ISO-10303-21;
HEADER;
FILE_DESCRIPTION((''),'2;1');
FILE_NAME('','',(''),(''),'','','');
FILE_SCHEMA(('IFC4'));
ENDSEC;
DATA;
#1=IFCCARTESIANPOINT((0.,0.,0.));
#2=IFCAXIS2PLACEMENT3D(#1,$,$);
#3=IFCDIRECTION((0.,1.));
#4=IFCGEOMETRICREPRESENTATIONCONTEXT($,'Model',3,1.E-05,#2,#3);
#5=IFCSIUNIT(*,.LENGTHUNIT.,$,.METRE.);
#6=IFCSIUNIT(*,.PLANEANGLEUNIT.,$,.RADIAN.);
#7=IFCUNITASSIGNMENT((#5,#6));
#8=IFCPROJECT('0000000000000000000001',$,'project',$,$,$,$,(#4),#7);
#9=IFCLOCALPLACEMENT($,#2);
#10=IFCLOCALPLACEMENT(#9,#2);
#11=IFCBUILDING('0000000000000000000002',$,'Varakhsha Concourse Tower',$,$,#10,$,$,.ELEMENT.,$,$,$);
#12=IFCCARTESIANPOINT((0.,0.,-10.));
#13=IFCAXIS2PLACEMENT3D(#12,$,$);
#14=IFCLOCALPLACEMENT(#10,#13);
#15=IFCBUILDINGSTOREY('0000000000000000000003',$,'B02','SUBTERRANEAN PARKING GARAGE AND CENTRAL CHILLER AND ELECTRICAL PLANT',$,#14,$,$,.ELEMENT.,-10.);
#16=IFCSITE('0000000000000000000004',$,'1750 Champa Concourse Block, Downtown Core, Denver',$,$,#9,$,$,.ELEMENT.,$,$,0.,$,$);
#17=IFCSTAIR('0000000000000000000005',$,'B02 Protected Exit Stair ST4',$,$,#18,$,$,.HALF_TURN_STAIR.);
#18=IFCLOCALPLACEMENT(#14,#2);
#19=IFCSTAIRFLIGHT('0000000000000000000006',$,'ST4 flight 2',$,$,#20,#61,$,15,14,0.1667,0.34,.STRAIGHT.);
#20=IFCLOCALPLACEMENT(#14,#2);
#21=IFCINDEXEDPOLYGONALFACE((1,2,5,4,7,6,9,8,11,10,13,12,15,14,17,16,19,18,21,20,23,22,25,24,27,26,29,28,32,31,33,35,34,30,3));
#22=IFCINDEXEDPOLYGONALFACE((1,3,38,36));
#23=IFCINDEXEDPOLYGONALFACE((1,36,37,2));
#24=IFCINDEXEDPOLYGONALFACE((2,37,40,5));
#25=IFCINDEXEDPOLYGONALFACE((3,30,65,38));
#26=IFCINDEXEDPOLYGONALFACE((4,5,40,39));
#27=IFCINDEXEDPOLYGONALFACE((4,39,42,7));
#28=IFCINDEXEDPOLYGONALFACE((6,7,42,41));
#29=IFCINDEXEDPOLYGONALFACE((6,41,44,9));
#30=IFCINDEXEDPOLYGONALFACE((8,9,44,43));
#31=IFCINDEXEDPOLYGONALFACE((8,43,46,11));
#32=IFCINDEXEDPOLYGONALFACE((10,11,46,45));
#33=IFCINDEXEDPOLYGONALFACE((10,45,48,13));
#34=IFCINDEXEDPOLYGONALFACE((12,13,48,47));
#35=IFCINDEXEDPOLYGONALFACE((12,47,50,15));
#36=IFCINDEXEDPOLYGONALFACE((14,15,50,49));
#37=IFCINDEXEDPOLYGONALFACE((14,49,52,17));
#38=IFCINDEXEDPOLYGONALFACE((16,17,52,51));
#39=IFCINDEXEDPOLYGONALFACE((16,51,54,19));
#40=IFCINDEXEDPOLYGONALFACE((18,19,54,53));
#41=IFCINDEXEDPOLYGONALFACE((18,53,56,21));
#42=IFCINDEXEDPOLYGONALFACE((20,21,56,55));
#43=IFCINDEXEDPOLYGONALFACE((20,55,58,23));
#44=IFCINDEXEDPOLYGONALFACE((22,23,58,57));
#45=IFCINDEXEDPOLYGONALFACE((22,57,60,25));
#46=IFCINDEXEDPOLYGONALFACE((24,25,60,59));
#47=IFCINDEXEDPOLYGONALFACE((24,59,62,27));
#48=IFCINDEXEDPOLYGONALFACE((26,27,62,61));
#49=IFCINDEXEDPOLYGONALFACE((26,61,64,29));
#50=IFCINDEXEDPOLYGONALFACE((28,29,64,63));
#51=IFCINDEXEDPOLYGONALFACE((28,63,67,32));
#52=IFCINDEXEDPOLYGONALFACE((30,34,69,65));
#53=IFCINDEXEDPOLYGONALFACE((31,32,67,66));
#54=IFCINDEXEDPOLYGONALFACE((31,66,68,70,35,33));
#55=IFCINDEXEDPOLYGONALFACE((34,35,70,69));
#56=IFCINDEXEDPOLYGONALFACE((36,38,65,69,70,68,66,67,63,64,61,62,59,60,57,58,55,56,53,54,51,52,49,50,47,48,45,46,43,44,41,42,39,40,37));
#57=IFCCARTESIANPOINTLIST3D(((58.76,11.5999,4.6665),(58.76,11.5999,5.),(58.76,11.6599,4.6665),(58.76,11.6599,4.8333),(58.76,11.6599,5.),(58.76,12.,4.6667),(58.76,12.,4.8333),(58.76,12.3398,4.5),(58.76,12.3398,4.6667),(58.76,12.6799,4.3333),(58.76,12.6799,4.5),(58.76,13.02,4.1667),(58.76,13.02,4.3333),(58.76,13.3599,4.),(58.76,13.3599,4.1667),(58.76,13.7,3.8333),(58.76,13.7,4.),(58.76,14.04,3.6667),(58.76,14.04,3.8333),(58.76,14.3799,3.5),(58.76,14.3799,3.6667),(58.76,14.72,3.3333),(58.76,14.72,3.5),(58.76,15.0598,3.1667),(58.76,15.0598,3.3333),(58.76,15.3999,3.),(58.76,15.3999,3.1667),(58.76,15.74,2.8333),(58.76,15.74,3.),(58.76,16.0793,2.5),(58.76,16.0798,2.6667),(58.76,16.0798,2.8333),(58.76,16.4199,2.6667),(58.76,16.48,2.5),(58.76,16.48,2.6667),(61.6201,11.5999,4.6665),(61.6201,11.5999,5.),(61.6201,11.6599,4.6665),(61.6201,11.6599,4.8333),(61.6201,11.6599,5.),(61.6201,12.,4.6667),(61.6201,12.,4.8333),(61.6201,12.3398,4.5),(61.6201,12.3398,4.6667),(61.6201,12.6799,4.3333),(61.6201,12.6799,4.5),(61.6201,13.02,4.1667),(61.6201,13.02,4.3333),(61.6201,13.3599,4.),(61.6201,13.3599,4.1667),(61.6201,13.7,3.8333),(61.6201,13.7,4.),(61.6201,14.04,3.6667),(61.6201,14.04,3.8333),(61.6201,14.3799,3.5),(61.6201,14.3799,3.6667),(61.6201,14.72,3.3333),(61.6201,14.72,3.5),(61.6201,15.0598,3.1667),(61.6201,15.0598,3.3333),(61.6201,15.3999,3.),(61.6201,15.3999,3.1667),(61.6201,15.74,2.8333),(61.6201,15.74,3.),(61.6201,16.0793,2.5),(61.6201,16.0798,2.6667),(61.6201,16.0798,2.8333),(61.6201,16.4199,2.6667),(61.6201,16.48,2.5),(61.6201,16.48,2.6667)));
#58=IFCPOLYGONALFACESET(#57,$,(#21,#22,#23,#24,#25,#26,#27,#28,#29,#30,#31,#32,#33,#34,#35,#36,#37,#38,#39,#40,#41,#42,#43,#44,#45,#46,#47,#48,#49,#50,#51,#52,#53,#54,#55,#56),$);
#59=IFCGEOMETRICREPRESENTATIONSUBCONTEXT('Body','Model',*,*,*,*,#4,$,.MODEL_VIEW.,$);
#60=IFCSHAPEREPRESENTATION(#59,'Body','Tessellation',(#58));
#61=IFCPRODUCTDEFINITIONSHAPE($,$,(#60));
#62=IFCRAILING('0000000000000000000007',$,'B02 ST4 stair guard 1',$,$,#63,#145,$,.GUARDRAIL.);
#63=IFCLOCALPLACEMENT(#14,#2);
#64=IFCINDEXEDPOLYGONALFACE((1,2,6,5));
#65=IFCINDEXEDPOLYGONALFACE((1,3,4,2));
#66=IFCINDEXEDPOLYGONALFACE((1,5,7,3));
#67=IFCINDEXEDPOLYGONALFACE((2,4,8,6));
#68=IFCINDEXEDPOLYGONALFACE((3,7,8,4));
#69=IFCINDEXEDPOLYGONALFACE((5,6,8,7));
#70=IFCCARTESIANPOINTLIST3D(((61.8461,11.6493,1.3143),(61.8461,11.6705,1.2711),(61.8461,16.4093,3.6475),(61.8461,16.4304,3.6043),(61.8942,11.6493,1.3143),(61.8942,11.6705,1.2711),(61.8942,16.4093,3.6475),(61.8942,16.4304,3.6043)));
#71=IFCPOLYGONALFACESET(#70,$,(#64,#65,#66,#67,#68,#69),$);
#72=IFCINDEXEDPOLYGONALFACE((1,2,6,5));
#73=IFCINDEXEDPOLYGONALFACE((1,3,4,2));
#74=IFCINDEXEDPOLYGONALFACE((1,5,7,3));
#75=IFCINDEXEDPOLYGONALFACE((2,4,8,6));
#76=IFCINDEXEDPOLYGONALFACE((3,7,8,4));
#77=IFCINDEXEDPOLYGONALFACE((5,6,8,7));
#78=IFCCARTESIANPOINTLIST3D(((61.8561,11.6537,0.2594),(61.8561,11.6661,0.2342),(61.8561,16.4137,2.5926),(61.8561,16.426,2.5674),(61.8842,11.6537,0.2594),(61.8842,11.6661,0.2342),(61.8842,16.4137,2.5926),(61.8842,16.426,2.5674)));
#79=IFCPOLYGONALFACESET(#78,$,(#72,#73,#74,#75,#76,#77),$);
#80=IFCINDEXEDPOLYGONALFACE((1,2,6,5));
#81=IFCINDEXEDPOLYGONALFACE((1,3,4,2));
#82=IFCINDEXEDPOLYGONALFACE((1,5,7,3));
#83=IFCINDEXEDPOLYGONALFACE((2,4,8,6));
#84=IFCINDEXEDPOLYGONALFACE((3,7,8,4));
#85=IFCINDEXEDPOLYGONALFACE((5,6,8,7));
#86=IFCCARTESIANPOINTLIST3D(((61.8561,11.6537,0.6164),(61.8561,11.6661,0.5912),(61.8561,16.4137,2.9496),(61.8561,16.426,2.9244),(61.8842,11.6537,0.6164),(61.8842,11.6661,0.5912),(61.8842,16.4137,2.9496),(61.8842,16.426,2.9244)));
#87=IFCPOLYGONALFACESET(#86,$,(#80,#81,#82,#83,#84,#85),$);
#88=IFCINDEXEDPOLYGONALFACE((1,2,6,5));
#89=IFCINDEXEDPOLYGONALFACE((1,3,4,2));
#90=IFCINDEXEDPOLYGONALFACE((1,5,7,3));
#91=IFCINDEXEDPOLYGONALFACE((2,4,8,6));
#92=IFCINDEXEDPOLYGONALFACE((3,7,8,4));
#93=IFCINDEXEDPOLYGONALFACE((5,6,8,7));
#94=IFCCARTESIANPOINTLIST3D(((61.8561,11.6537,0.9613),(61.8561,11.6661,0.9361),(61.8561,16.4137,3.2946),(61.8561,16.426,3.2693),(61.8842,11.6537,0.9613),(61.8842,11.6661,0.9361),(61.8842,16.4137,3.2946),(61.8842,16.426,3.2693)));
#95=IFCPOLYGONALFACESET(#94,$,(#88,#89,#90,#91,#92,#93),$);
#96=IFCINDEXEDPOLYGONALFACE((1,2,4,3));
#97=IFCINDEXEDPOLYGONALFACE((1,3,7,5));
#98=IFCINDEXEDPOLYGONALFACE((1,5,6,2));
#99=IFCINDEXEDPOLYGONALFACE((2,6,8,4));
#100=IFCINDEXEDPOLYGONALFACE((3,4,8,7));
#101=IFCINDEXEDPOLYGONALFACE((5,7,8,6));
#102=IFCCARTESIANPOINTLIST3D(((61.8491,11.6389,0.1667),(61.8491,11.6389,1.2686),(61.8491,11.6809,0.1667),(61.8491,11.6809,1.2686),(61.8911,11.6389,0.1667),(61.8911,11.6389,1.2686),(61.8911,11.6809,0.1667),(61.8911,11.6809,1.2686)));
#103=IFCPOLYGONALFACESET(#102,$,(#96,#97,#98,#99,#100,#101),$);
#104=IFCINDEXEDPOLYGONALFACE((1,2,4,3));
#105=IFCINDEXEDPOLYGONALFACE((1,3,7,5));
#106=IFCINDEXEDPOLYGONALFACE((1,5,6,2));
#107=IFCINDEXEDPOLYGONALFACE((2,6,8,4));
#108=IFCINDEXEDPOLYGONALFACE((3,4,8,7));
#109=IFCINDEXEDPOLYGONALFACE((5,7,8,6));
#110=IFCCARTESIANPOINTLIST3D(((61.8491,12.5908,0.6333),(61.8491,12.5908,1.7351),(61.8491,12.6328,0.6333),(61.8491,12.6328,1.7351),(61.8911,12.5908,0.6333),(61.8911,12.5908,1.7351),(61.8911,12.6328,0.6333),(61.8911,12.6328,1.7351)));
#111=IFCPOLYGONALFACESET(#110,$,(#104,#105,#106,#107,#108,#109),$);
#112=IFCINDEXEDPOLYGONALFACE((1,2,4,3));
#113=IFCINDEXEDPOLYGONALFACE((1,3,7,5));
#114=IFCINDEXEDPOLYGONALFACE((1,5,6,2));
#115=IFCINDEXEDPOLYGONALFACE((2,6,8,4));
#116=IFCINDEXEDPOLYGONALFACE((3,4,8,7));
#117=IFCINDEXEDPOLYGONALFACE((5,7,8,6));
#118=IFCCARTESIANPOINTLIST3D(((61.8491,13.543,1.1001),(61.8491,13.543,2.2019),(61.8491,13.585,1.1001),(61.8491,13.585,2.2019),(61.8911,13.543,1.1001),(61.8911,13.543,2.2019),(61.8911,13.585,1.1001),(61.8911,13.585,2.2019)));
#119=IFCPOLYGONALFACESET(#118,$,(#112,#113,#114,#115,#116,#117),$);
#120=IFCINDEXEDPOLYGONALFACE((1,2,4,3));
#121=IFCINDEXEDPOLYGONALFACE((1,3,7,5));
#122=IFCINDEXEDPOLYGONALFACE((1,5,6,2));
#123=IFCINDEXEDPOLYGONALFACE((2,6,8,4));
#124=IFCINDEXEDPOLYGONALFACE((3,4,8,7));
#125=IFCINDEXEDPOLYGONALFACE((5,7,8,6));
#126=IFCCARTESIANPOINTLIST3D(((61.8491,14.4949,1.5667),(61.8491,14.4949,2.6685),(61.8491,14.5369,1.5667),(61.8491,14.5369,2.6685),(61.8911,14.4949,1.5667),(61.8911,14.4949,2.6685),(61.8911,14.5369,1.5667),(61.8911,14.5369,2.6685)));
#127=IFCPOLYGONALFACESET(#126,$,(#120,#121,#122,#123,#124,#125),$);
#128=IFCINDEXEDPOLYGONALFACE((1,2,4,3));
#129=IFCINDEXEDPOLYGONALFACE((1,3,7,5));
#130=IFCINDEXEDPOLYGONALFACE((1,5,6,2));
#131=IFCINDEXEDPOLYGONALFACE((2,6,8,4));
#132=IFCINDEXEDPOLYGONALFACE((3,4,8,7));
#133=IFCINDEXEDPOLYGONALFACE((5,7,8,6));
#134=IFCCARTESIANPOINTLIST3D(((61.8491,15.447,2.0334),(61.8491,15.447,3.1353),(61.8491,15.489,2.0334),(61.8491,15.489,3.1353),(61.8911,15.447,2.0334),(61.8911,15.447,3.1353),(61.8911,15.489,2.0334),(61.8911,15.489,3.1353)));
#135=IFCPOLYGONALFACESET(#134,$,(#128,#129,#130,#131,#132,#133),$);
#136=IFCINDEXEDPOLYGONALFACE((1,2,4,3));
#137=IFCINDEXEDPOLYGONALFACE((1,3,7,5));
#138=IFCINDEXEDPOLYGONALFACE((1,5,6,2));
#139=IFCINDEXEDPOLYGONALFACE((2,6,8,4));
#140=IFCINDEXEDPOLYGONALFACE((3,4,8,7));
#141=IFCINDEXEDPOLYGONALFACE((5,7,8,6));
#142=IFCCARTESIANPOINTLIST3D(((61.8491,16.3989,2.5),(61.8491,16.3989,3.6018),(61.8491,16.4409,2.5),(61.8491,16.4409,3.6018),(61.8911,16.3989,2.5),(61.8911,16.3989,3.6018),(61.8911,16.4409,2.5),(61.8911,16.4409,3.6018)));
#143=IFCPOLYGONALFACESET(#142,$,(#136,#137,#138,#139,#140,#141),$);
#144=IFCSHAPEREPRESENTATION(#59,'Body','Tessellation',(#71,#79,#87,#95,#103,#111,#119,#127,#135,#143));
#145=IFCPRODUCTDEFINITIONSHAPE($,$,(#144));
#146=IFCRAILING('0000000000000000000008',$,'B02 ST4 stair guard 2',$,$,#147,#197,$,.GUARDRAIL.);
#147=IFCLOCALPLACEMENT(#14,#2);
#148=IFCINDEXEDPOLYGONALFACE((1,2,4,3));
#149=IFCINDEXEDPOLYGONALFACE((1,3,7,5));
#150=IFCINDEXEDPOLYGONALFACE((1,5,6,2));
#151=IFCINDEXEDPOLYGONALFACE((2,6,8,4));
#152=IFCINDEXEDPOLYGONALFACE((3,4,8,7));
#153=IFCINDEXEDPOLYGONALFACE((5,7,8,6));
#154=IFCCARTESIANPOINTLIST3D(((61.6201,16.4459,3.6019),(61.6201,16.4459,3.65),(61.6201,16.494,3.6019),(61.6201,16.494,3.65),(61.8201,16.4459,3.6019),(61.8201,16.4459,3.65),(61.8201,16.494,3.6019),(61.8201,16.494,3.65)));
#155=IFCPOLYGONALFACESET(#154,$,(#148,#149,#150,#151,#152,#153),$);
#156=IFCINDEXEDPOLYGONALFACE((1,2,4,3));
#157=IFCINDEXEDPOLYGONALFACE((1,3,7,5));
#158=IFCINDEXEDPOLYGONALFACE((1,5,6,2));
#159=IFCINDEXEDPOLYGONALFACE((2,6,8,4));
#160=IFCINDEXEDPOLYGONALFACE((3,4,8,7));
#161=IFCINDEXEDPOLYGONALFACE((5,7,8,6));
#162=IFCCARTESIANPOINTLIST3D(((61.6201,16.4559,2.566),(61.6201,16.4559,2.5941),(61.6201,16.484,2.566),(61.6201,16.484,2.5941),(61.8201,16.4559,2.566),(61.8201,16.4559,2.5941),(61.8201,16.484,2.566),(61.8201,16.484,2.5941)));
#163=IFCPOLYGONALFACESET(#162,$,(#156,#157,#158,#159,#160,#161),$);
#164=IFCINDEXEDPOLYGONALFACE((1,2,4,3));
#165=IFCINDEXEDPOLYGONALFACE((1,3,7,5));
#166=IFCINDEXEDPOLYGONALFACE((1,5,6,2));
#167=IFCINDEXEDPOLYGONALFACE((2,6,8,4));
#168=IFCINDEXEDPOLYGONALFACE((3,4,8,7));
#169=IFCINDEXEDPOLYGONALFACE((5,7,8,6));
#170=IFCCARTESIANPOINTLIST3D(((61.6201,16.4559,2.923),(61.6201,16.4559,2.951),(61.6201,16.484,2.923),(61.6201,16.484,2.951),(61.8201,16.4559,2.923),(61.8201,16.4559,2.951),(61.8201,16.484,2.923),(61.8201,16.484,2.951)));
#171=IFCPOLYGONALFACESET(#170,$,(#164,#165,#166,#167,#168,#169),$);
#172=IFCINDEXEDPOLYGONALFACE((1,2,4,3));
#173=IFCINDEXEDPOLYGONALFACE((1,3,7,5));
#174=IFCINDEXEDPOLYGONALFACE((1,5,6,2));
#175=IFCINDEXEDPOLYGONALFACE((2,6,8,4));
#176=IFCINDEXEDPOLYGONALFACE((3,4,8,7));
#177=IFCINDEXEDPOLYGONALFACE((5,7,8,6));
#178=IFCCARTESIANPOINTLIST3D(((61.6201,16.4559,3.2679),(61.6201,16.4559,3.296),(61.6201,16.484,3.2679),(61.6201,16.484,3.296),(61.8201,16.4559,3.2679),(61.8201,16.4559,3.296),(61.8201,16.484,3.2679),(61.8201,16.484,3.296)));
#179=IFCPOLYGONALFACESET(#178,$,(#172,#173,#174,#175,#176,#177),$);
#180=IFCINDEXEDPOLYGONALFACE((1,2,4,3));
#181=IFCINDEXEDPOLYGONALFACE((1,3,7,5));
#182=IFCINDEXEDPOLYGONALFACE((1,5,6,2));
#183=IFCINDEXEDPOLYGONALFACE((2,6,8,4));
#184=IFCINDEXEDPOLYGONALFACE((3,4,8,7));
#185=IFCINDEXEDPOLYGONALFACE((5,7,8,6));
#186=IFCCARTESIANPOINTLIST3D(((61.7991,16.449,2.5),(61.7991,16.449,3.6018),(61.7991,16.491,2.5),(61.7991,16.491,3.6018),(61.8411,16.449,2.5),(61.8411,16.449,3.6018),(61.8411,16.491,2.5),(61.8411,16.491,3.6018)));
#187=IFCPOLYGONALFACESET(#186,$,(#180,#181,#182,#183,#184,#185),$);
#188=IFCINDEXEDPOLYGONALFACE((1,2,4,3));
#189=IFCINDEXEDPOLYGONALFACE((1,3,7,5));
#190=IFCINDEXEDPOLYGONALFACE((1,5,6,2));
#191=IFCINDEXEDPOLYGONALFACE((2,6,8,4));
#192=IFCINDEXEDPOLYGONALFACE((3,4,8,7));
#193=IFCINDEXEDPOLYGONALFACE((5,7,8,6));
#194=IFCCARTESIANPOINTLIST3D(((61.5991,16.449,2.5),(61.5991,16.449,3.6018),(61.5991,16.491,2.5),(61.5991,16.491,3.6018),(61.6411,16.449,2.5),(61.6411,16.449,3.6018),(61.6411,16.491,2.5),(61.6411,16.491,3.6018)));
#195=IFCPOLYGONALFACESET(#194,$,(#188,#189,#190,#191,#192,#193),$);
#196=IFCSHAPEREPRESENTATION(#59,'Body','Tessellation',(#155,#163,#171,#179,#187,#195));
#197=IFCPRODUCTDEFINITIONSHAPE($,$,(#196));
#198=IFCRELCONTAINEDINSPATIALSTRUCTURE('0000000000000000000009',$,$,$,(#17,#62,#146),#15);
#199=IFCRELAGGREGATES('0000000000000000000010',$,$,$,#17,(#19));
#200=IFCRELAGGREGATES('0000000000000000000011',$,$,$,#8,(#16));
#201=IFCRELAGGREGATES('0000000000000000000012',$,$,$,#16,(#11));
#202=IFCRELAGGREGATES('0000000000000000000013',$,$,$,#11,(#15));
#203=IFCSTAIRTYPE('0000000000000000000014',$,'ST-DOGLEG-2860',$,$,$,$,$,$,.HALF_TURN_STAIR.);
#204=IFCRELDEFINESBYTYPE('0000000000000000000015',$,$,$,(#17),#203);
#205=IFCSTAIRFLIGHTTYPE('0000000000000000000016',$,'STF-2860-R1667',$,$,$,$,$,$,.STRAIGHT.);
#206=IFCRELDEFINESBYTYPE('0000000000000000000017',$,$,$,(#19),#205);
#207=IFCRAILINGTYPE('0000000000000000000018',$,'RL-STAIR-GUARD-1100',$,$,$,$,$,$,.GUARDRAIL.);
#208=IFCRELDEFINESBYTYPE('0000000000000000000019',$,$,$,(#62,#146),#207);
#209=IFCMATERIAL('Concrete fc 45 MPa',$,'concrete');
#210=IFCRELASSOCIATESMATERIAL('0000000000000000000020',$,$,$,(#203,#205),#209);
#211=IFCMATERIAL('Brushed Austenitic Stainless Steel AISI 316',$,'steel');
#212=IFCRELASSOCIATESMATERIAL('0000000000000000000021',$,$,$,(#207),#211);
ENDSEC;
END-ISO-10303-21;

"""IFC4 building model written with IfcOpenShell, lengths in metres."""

from ifc_helpers import new_model, si_unit, direction, frame, origin, origin_2d, place, context, subcontext, project, spatial, polyline, rectangle, outline, extrude, material, type_object, element, aggregate, save


model = new_model("IFC4")

# Units and contexts
model_context = context("Model", 3, precision=1e-05, world=origin(), true_north=direction((0.0, 1.0)))
body_context = subcontext(model_context, "Body", "Model", "MODEL_VIEW")
ifc_project = project(units=[si_unit("LENGTHUNIT", "METRE"), si_unit("PLANEANGLEUNIT", "RADIAN")], contexts=[model_context])

# Site, building, storey
site_placement = place(None, origin())
site = spatial("IfcSite", under=ifc_project, at=site_placement, Name="1750 Champa Concourse Block, Downtown Core, Denver", CompositionType="ELEMENT", RefElevation=0.0)
building_placement = place(site_placement, origin())
building = spatial("IfcBuilding", under=site, at=building_placement, Name="Varakhsha Concourse Tower", CompositionType="ELEMENT")
storey_placement = place(building_placement, frame((0.0, 0.0, -10.0)))
storey = spatial("IfcBuildingStorey", under=building, at=storey_placement, Name="B02", Description="SUBTERRANEAN PARKING GARAGE AND CENTRAL CHILLER AND ELECTRICAL PLANT", CompositionType="ELEMENT", Elevation=-10.0)

# Shared definitions
ifc_material_1 = material(Name="Concrete fc 45 MPa", Category="concrete")

# Stair, stair flight
stair_type = type_object("IfcStairType", Name="ST-DOGLEG-2860", PredefinedType="HALF_TURN_STAIR", material=ifc_material_1)
stair_placement = place(storey_placement, origin())
stair = element("IfcStair", 1, at=stair_placement, inside=storey, type_object=stair_type, Name="B02 Protected Exit Stair ST4", PredefinedType="HALF_TURN_STAIR")
stair_flight_type = type_object("IfcStairFlightType", Name="STF-2860-R1667", PredefinedType="STRAIGHT", material=ifc_material_1)
stair_flight_1_placement = place(storey_placement, frame((60.1899, 16.4199, 2.5), z_axis=(0.0, 0.0, 1.0), x_axis=(0.0, -1.0, 0.0)))
stair_flight_1 = element("IfcStairFlight", 2, at=stair_flight_1_placement, type_object=stair_flight_type, Name="ST4 flight 2", NumberOfRisers=15, NumberOfTreads=14, PredefinedType="STRAIGHT", RiserHeight=0.1667, TreadLength=0.34, context=body_context, shape_type="SweptSolid", body=[
    extrude(outline(polyline([(-0.0601, 0.0), (-0.0601, 0.1667), (0.0, 0.1667), (0.3401, 0.1667), (0.3401, 0.3333), (0.6799, 0.3333), (0.6799, 0.5), (1.02, 0.5), (1.02, 0.6667), (1.3601, 0.6667), (1.3601, 0.8333), (1.7, 0.8333), (1.7, 1.0), (2.04, 1.0), (2.04, 1.1667), (2.3799, 1.1667), (2.3799, 1.3333), (2.72, 1.3333), (2.72, 1.5), (3.0601, 1.5), (3.0601, 1.6667), (3.3999, 1.6667), (3.3999, 1.8333), (3.74, 1.8333), (3.74, 2.0), (4.0801, 2.0), (4.0801, 2.1667), (4.4199, 2.1667), (4.4199, 2.3333), (4.76, 2.3333), (4.76, 2.5), (4.8201, 2.5), (4.8201, 2.1665), (4.76, 2.1665), (0.3406, 0.0), (-0.0601, 0.0)])), frame((0.0, 1.4302, 0.0), z_axis=(0.0, -1.0, 0.0), x_axis=(1.0, 0.0, 0.0)), (0.0, 0.0, 1.0), 2.8601),
])
aggregate(stair, [stair_flight_1])

# Railings
ifc_material_2 = material(Name="Brushed Austenitic Stainless Steel AISI 316", Category="steel")
railing_type_1 = type_object("IfcRailingType", Name="RL-STAIR-GUARD-1100", PredefinedType="GUARDRAIL", material=ifc_material_2)
railing_1_placement = place(storey_placement, frame((61.8701, 11.6599, 0.1667)))
element("IfcRailing", 3, at=railing_1_placement, inside=storey, type_object=railing_type_1, Name="B02 ST4 stair guard 1", PredefinedType="GUARDRAIL", context=body_context, shape_type="SweptSolid", body=[
    extrude(rectangle(XDim=0.0481, YDim=0.0481, at=origin_2d()), frame((0.0, 0.0, 1.126), z_axis=(0.0, 0.897927, 0.440144), x_axis=(-1.0, 0.0, 0.0)), (0.0, 0.0, 1.0), 5.301),
    extrude(rectangle(XDim=0.0281, YDim=0.0281, at=origin_2d()), frame((0.0, 0.0, 0.0801), z_axis=(0.0, 0.897927, 0.440144), x_axis=(-1.0, 0.0, 0.0)), (0.0, 0.0, 1.0), 5.301),
    extrude(rectangle(XDim=0.0281, YDim=0.0281, at=origin_2d()), frame((0.0, 0.0, 0.437), z_axis=(0.0, 0.897927, 0.440144), x_axis=(-1.0, 0.0, 0.0)), (0.0, 0.0, 1.0), 5.301),
    extrude(rectangle(XDim=0.0281, YDim=0.0281, at=origin_2d()), frame((0.0, 0.0, 0.782), z_axis=(0.0, 0.897927, 0.440144), x_axis=(-1.0, 0.0, 0.0)), (0.0, 0.0, 1.0), 5.301),
    extrude(rectangle(XDim=0.042, YDim=0.042, at=origin_2d()), origin(), (0.0, 0.0, 1.0), 1.1018),
    extrude(rectangle(XDim=0.042, YDim=0.042, at=origin_2d()), frame((0.0, 0.9519, 0.4666)), (0.0, 0.0, 1.0), 1.1018),
    extrude(rectangle(XDim=0.042, YDim=0.042, at=origin_2d()), frame((0.0, 1.9041, 0.9333)), (0.0, 0.0, 1.0), 1.1018),
    extrude(rectangle(XDim=0.042, YDim=0.042, at=origin_2d()), frame((0.0, 2.856, 1.3999)), (0.0, 0.0, 1.0), 1.1018),
    extrude(rectangle(XDim=0.042, YDim=0.042, at=origin_2d()), frame((0.0, 3.8081, 1.8667)), (0.0, 0.0, 1.0), 1.1018),
    extrude(rectangle(XDim=0.042, YDim=0.042, at=origin_2d()), frame((0.0, 4.76, 2.3333)), (0.0, 0.0, 1.0), 1.1018),
])
railing_2_placement = place(storey_placement, frame((61.8201, 16.47, 2.5)))
element("IfcRailing", 4, at=railing_2_placement, inside=storey, type_object=railing_type_1, Name="B02 ST4 stair guard 2", PredefinedType="GUARDRAIL", context=body_context, shape_type="SweptSolid", body=[
    extrude(rectangle(XDim=0.0481, YDim=0.0481, at=origin_2d()), frame((0.0, 0.0, 1.126), z_axis=(-1.0, 0.0, 0.0), x_axis=(0.0, -1.0, 0.0)), (0.0, 0.0, 1.0), 0.2),
    extrude(rectangle(XDim=0.0281, YDim=0.0281, at=origin_2d()), frame((0.0, 0.0, 0.0801), z_axis=(-1.0, 0.0, 0.0), x_axis=(0.0, -1.0, 0.0)), (0.0, 0.0, 1.0), 0.2),
    extrude(rectangle(XDim=0.0281, YDim=0.0281, at=origin_2d()), frame((0.0, 0.0, 0.437), z_axis=(-1.0, 0.0, 0.0), x_axis=(0.0, -1.0, 0.0)), (0.0, 0.0, 1.0), 0.2),
    extrude(rectangle(XDim=0.0281, YDim=0.0281, at=origin_2d()), frame((0.0, 0.0, 0.782), z_axis=(-1.0, 0.0, 0.0), x_axis=(0.0, -1.0, 0.0)), (0.0, 0.0, 1.0), 0.2),
    extrude(rectangle(XDim=0.042, YDim=0.042, at=origin_2d()), origin(), (0.0, 0.0, 1.0), 1.1018),
    extrude(rectangle(XDim=0.042, YDim=0.042, at=origin_2d()), frame((-0.2, 0.0, 0.0)), (0.0, 0.0, 1.0), 1.1018),
])

save(model, "model.ifc")
